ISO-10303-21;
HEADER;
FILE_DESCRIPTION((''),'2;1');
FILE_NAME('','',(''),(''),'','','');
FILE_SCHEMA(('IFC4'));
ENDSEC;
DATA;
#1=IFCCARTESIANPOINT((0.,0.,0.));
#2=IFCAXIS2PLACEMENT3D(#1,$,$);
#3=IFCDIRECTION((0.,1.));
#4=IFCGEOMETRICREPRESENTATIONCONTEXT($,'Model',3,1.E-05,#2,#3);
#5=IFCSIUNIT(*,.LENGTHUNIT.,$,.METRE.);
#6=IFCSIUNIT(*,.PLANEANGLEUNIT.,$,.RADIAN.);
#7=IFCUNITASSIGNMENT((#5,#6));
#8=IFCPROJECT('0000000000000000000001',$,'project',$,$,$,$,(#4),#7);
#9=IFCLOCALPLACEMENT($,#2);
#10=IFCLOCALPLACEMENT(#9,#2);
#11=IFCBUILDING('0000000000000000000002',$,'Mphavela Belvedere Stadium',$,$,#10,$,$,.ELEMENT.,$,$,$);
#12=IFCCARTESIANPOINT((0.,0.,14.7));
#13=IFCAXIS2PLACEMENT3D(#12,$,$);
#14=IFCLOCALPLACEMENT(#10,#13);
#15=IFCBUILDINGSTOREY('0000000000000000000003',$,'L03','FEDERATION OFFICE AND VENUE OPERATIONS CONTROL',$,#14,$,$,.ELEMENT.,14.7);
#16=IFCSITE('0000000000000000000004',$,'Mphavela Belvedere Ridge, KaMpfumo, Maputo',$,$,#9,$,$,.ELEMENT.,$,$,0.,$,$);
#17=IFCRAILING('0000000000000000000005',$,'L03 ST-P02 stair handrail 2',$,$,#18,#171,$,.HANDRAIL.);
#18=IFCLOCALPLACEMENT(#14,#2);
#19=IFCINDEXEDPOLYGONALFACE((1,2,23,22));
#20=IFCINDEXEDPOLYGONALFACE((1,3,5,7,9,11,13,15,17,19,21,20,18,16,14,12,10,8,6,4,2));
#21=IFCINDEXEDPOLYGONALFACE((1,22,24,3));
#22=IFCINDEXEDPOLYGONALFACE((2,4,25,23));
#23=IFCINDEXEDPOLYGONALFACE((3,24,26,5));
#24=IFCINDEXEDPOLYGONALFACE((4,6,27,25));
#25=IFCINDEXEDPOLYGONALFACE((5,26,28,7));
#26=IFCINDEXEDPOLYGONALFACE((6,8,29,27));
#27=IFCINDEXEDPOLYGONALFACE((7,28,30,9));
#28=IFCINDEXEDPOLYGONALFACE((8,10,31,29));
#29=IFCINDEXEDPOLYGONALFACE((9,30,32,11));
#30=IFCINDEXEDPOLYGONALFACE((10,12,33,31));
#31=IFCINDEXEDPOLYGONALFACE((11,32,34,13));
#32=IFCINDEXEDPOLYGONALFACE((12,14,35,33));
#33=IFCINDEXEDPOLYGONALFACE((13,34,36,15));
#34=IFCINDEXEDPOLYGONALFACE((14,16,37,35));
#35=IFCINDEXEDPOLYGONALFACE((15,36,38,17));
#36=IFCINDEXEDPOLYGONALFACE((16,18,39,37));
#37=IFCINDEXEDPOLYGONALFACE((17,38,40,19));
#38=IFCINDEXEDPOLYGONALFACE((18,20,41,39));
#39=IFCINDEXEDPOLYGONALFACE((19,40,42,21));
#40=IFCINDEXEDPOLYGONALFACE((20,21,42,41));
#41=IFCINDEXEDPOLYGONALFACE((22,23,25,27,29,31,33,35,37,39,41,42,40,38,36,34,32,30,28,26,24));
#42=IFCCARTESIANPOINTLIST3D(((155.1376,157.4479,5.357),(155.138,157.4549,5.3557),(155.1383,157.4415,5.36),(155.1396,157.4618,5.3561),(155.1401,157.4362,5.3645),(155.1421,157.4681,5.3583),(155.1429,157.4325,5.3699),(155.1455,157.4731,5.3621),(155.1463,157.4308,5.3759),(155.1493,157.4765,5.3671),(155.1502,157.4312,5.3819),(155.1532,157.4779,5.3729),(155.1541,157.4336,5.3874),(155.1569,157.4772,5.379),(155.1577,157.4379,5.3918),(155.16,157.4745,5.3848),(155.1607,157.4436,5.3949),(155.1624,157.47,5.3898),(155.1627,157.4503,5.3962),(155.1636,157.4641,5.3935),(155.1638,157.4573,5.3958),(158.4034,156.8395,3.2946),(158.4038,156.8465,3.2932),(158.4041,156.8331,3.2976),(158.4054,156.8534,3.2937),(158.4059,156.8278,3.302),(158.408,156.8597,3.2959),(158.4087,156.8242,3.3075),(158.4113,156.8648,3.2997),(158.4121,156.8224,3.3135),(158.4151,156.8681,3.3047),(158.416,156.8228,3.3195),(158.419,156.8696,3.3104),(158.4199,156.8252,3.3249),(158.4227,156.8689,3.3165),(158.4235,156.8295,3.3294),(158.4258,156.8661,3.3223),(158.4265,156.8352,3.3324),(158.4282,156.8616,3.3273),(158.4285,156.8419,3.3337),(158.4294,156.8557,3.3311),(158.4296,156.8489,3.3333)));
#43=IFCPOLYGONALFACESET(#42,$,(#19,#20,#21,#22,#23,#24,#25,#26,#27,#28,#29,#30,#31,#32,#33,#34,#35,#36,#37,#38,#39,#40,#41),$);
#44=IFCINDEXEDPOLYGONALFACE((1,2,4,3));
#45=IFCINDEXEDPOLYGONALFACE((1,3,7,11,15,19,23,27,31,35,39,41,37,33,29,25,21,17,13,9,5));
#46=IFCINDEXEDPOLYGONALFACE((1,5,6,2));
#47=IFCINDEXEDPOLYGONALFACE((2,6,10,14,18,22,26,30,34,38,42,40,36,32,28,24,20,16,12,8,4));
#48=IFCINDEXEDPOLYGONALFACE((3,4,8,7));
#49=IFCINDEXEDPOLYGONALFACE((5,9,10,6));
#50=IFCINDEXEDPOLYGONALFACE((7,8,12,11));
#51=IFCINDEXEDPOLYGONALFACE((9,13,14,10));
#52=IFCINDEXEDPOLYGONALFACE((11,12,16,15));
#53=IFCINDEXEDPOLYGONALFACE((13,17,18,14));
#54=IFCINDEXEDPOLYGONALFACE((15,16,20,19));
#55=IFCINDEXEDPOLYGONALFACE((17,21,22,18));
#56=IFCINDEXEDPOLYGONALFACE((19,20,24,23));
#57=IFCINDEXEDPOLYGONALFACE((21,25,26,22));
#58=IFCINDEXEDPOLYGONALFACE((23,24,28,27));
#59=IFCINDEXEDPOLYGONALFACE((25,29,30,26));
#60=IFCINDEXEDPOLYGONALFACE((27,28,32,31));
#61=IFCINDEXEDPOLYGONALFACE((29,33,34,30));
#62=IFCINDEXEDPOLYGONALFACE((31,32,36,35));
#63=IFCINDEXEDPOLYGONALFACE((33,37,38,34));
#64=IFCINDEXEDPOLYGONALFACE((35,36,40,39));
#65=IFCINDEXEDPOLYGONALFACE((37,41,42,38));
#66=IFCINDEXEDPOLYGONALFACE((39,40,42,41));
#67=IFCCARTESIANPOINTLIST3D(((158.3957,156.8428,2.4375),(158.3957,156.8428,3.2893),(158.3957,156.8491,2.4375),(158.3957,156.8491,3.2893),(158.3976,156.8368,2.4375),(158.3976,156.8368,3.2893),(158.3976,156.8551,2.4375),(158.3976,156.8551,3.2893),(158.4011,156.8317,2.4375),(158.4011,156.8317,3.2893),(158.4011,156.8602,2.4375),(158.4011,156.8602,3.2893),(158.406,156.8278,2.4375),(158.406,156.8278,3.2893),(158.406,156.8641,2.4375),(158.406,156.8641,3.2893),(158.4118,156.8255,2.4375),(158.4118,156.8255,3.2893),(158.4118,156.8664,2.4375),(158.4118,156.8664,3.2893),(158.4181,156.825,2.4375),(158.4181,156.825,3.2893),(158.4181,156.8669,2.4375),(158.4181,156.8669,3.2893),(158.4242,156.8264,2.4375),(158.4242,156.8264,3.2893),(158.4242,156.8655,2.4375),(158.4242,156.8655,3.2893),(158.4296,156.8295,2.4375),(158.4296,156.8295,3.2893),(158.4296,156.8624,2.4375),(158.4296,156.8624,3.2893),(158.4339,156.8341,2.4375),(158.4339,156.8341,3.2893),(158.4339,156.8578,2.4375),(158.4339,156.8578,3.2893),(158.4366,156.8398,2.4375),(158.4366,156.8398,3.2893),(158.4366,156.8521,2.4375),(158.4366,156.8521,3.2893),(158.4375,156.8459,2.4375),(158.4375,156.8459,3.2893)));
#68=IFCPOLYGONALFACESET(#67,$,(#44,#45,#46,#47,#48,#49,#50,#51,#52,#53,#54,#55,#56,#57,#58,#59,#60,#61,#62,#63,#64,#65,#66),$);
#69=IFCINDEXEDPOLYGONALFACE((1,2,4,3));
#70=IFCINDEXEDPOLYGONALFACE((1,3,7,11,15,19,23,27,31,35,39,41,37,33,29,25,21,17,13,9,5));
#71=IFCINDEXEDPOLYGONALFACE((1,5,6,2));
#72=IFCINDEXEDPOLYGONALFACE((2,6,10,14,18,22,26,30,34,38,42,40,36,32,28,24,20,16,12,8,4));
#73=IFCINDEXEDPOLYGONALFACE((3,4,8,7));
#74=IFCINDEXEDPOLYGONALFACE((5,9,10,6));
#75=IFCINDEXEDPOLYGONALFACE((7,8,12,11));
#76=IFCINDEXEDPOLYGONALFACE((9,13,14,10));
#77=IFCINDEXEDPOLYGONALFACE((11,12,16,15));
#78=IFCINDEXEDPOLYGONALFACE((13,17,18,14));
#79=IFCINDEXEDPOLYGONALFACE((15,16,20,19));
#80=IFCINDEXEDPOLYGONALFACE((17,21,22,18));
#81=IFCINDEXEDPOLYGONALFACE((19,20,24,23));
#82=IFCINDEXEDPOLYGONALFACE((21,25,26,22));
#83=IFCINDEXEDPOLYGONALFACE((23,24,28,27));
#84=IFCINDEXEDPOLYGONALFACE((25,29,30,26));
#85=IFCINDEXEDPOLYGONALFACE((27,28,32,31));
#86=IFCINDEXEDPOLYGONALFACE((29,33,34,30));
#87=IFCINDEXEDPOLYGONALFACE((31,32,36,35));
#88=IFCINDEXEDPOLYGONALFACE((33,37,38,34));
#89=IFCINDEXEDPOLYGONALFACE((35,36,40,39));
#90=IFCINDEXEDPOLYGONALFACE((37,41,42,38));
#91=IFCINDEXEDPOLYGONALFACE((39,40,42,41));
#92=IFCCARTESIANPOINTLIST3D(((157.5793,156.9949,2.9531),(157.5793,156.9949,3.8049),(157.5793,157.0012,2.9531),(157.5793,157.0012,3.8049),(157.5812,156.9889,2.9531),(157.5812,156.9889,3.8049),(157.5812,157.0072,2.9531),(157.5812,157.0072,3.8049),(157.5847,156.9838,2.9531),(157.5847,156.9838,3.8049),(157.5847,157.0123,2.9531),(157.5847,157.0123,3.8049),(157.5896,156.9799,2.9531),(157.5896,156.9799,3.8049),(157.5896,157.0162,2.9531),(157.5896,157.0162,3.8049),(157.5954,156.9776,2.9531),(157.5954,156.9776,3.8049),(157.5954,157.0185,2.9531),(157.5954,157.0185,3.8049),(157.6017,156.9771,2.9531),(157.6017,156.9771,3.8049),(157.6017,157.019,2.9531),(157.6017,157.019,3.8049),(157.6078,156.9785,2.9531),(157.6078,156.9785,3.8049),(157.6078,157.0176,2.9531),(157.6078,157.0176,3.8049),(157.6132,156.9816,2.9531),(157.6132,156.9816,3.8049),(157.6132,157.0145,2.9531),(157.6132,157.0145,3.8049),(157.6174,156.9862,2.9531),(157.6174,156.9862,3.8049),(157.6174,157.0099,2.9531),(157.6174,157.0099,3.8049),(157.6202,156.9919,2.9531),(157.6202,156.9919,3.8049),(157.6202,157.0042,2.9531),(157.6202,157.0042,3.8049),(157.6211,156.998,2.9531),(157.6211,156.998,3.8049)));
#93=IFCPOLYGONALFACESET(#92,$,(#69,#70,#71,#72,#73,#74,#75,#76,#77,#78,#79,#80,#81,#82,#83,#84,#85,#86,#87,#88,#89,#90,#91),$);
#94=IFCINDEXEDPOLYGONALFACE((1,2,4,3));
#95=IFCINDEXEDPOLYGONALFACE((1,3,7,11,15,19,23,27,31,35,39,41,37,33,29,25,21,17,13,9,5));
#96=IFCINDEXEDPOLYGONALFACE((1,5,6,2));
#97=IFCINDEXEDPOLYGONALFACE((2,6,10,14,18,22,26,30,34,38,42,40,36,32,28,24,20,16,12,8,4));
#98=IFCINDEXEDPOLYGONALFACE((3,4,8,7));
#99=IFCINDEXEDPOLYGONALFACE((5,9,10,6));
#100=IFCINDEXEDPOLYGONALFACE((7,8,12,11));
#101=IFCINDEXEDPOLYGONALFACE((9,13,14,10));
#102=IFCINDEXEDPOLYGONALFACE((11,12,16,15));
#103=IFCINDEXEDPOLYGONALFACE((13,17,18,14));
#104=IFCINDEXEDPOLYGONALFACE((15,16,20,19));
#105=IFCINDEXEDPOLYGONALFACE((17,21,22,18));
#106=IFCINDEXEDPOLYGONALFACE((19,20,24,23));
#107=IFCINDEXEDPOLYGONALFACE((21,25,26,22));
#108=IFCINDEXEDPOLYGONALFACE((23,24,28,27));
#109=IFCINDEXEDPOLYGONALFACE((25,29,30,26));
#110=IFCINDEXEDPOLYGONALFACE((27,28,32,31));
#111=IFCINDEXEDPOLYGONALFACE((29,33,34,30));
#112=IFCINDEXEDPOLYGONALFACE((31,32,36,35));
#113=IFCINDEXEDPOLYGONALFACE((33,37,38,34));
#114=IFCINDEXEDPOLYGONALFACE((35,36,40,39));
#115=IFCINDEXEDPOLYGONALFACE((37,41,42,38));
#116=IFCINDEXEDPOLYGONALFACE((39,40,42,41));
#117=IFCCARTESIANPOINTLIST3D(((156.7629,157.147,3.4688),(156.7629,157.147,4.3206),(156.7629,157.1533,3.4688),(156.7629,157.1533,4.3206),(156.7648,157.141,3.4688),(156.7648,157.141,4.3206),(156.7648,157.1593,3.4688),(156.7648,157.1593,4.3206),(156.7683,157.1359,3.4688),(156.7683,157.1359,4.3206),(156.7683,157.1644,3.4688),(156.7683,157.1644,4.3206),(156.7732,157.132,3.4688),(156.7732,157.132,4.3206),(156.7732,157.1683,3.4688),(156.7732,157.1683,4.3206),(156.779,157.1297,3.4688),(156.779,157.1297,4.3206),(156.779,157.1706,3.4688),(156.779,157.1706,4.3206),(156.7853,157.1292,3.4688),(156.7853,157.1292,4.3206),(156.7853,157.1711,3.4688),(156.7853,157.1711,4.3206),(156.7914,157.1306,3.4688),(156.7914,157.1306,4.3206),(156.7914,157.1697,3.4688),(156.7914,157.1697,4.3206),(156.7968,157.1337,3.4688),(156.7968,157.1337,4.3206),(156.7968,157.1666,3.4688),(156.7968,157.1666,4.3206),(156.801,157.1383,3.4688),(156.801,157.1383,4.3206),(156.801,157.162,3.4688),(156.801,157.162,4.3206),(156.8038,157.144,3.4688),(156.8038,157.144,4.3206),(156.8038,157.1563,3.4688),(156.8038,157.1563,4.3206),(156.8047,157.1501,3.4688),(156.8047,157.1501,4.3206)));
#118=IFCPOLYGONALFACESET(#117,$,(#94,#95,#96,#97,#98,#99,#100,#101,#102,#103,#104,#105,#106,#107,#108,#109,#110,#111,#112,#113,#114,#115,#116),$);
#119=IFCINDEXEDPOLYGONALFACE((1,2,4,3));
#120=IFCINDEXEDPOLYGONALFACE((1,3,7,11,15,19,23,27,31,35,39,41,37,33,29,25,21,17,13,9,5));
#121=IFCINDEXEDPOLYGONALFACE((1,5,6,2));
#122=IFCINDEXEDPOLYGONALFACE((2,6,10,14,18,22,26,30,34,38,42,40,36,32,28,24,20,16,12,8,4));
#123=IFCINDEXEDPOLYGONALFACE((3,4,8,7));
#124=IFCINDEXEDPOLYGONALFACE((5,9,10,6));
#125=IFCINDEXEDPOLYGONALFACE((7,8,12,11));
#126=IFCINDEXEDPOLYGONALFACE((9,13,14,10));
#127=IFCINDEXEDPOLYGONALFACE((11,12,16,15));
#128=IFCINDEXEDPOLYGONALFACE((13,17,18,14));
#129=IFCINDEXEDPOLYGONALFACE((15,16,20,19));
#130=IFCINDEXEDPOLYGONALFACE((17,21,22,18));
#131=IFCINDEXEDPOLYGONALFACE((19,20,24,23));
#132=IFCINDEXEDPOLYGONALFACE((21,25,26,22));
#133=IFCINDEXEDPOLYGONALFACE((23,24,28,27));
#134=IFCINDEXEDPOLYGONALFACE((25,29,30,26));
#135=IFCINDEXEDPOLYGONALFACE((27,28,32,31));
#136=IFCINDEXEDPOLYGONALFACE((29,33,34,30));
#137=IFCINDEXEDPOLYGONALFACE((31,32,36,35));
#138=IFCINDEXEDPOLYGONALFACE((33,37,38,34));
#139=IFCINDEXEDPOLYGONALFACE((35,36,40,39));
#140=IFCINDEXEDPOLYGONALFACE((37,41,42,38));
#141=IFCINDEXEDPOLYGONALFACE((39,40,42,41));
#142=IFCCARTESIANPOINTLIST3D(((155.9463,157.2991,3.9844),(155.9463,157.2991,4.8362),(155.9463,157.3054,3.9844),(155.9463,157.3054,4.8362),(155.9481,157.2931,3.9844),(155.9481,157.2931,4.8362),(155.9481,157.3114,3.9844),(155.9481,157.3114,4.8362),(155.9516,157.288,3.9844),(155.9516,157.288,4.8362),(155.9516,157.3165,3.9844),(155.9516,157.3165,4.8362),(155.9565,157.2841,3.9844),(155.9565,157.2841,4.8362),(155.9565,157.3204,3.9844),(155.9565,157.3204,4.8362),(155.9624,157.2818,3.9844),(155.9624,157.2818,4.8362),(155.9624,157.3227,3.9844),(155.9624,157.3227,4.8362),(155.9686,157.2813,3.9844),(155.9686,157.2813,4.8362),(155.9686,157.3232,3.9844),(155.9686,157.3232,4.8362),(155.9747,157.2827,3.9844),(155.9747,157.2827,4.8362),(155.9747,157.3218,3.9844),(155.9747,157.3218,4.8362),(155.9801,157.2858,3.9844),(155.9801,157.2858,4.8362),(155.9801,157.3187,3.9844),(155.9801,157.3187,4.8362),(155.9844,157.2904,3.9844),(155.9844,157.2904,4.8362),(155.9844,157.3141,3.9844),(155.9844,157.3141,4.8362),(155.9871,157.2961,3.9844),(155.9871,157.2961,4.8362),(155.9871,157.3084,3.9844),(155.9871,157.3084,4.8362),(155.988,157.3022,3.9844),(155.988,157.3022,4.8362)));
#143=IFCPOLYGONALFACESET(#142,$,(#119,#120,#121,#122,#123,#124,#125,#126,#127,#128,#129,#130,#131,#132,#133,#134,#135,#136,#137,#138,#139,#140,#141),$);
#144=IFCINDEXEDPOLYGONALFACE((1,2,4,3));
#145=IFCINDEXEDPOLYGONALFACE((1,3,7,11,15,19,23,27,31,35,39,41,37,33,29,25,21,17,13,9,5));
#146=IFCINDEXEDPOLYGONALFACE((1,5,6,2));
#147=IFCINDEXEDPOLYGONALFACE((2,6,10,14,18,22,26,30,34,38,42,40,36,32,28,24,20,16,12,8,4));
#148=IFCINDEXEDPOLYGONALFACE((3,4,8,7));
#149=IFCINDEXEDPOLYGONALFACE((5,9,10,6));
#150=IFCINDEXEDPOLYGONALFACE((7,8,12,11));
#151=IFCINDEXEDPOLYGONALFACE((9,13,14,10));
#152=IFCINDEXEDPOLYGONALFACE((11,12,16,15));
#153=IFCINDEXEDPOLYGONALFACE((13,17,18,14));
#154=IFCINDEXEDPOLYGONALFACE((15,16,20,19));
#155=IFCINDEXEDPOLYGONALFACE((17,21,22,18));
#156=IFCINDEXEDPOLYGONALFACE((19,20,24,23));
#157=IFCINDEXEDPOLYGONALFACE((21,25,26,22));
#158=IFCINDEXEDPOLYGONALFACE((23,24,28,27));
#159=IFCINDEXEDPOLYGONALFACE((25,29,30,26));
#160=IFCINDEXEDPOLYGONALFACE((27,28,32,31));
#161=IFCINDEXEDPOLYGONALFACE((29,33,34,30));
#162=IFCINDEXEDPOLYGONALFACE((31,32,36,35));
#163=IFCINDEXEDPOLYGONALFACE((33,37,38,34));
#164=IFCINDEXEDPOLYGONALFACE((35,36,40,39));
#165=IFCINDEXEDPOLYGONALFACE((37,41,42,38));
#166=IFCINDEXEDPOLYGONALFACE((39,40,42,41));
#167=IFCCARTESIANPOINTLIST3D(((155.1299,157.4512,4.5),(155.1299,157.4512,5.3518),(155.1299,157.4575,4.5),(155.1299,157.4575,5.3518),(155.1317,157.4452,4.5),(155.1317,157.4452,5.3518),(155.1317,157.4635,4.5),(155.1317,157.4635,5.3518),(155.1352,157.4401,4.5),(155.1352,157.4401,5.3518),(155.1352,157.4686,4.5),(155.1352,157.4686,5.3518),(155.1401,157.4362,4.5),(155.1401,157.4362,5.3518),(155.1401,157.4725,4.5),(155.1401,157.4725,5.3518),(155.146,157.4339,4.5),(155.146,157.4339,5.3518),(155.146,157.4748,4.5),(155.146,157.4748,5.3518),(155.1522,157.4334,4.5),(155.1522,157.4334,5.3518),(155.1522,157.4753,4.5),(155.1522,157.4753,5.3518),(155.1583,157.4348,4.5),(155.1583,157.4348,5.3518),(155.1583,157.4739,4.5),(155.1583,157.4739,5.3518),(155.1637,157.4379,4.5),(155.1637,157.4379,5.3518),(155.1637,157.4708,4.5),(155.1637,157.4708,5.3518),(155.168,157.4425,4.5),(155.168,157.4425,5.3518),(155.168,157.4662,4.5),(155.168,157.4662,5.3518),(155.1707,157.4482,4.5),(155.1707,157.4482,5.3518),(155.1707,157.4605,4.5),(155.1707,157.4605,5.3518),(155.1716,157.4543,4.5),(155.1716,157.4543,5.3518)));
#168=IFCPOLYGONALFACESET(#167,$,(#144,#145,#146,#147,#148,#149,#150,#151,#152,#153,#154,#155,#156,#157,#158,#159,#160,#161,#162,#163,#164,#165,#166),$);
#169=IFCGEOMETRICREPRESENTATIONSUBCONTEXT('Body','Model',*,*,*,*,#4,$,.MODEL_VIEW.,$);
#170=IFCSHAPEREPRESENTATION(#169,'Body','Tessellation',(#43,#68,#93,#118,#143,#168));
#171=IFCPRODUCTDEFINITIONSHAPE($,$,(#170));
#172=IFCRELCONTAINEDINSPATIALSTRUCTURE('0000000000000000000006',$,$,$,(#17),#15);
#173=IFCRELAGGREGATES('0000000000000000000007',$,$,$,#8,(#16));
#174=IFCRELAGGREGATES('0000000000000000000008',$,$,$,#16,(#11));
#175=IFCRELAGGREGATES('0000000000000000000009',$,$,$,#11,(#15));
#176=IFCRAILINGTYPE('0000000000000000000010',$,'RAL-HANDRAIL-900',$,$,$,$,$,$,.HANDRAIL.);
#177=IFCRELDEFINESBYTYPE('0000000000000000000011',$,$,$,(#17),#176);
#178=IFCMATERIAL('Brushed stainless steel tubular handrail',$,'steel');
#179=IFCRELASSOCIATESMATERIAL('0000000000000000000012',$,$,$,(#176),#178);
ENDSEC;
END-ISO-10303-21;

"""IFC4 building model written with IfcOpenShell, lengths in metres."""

from ifc_helpers import new_model, si_unit, direction, frame, origin, origin_2d, place, context, subcontext, project, spatial, circle, extrude, material, type_object, element, save


model = new_model("IFC4")

# Units and contexts
model_context = context("Model", 3, precision=1e-05, world=origin(), true_north=direction((0.0, 1.0)))
body_context = subcontext(model_context, "Body", "Model", "MODEL_VIEW")
ifc_project = project(units=[si_unit("LENGTHUNIT", "METRE"), si_unit("PLANEANGLEUNIT", "RADIAN")], contexts=[model_context])

# Site, building, storey
site_placement = place(None, origin())
site = spatial("IfcSite", under=ifc_project, at=site_placement, Name="Mphavela Belvedere Ridge, KaMpfumo, Maputo", CompositionType="ELEMENT", RefElevation=0.0)
building_placement = place(site_placement, origin())
building = spatial("IfcBuilding", under=site, at=building_placement, Name="Mphavela Belvedere Stadium", CompositionType="ELEMENT")
storey_placement = place(building_placement, frame((0.0, 0.0, 14.7)))
storey = spatial("IfcBuildingStorey", under=building, at=storey_placement, Name="L03", Description="FEDERATION OFFICE AND VENUE OPERATIONS CONTROL", CompositionType="ELEMENT", Elevation=14.7)

# Railing
ifc_material_1 = material(Name="Brushed stainless steel tubular handrail", Category="steel")
railing_type = type_object("IfcRailingType", Name="RAL-HANDRAIL-900", PredefinedType="HANDRAIL", material=ifc_material_1)
railing_placement = place(storey_placement, frame((158.4165, 156.8459, 2.4375)))
element("IfcRailing", 1, at=railing_placement, inside=storey, type_object=railing_type, Name="L03 ST-P02 stair handrail 2", PredefinedType="HANDRAIL", context=body_context, shape_type="SweptSolid", body=[
    extrude(circle(Radius=0.0239, at=origin_2d()), frame((0.0, 0.0, 0.876), z_axis=(-0.83521, 0.155591, 0.527462), x_axis=(-0.183139, -0.983087, 0.0)), (0.0, 0.0, 1.0), 3.9102),
    extrude(circle(Radius=0.021, at=origin_2d()), origin(), (0.0, 0.0, 1.0), 0.8518),
    extrude(circle(Radius=0.021, at=origin_2d()), frame((-0.8164, 0.1521, 0.5156)), (0.0, 0.0, 1.0), 0.8518),
    extrude(circle(Radius=0.021, at=origin_2d()), frame((-1.6328, 0.3042, 1.0312)), (0.0, 0.0, 1.0), 0.8518),
    extrude(circle(Radius=0.021, at=origin_2d()), frame((-2.4495, 0.4563, 1.5469)), (0.0, 0.0, 1.0), 0.8518),
    extrude(circle(Radius=0.021, at=origin_2d()), frame((-3.2659, 0.6084, 2.0625)), (0.0, 0.0, 1.0), 0.8518),
])

save(model, "model.ifc")
